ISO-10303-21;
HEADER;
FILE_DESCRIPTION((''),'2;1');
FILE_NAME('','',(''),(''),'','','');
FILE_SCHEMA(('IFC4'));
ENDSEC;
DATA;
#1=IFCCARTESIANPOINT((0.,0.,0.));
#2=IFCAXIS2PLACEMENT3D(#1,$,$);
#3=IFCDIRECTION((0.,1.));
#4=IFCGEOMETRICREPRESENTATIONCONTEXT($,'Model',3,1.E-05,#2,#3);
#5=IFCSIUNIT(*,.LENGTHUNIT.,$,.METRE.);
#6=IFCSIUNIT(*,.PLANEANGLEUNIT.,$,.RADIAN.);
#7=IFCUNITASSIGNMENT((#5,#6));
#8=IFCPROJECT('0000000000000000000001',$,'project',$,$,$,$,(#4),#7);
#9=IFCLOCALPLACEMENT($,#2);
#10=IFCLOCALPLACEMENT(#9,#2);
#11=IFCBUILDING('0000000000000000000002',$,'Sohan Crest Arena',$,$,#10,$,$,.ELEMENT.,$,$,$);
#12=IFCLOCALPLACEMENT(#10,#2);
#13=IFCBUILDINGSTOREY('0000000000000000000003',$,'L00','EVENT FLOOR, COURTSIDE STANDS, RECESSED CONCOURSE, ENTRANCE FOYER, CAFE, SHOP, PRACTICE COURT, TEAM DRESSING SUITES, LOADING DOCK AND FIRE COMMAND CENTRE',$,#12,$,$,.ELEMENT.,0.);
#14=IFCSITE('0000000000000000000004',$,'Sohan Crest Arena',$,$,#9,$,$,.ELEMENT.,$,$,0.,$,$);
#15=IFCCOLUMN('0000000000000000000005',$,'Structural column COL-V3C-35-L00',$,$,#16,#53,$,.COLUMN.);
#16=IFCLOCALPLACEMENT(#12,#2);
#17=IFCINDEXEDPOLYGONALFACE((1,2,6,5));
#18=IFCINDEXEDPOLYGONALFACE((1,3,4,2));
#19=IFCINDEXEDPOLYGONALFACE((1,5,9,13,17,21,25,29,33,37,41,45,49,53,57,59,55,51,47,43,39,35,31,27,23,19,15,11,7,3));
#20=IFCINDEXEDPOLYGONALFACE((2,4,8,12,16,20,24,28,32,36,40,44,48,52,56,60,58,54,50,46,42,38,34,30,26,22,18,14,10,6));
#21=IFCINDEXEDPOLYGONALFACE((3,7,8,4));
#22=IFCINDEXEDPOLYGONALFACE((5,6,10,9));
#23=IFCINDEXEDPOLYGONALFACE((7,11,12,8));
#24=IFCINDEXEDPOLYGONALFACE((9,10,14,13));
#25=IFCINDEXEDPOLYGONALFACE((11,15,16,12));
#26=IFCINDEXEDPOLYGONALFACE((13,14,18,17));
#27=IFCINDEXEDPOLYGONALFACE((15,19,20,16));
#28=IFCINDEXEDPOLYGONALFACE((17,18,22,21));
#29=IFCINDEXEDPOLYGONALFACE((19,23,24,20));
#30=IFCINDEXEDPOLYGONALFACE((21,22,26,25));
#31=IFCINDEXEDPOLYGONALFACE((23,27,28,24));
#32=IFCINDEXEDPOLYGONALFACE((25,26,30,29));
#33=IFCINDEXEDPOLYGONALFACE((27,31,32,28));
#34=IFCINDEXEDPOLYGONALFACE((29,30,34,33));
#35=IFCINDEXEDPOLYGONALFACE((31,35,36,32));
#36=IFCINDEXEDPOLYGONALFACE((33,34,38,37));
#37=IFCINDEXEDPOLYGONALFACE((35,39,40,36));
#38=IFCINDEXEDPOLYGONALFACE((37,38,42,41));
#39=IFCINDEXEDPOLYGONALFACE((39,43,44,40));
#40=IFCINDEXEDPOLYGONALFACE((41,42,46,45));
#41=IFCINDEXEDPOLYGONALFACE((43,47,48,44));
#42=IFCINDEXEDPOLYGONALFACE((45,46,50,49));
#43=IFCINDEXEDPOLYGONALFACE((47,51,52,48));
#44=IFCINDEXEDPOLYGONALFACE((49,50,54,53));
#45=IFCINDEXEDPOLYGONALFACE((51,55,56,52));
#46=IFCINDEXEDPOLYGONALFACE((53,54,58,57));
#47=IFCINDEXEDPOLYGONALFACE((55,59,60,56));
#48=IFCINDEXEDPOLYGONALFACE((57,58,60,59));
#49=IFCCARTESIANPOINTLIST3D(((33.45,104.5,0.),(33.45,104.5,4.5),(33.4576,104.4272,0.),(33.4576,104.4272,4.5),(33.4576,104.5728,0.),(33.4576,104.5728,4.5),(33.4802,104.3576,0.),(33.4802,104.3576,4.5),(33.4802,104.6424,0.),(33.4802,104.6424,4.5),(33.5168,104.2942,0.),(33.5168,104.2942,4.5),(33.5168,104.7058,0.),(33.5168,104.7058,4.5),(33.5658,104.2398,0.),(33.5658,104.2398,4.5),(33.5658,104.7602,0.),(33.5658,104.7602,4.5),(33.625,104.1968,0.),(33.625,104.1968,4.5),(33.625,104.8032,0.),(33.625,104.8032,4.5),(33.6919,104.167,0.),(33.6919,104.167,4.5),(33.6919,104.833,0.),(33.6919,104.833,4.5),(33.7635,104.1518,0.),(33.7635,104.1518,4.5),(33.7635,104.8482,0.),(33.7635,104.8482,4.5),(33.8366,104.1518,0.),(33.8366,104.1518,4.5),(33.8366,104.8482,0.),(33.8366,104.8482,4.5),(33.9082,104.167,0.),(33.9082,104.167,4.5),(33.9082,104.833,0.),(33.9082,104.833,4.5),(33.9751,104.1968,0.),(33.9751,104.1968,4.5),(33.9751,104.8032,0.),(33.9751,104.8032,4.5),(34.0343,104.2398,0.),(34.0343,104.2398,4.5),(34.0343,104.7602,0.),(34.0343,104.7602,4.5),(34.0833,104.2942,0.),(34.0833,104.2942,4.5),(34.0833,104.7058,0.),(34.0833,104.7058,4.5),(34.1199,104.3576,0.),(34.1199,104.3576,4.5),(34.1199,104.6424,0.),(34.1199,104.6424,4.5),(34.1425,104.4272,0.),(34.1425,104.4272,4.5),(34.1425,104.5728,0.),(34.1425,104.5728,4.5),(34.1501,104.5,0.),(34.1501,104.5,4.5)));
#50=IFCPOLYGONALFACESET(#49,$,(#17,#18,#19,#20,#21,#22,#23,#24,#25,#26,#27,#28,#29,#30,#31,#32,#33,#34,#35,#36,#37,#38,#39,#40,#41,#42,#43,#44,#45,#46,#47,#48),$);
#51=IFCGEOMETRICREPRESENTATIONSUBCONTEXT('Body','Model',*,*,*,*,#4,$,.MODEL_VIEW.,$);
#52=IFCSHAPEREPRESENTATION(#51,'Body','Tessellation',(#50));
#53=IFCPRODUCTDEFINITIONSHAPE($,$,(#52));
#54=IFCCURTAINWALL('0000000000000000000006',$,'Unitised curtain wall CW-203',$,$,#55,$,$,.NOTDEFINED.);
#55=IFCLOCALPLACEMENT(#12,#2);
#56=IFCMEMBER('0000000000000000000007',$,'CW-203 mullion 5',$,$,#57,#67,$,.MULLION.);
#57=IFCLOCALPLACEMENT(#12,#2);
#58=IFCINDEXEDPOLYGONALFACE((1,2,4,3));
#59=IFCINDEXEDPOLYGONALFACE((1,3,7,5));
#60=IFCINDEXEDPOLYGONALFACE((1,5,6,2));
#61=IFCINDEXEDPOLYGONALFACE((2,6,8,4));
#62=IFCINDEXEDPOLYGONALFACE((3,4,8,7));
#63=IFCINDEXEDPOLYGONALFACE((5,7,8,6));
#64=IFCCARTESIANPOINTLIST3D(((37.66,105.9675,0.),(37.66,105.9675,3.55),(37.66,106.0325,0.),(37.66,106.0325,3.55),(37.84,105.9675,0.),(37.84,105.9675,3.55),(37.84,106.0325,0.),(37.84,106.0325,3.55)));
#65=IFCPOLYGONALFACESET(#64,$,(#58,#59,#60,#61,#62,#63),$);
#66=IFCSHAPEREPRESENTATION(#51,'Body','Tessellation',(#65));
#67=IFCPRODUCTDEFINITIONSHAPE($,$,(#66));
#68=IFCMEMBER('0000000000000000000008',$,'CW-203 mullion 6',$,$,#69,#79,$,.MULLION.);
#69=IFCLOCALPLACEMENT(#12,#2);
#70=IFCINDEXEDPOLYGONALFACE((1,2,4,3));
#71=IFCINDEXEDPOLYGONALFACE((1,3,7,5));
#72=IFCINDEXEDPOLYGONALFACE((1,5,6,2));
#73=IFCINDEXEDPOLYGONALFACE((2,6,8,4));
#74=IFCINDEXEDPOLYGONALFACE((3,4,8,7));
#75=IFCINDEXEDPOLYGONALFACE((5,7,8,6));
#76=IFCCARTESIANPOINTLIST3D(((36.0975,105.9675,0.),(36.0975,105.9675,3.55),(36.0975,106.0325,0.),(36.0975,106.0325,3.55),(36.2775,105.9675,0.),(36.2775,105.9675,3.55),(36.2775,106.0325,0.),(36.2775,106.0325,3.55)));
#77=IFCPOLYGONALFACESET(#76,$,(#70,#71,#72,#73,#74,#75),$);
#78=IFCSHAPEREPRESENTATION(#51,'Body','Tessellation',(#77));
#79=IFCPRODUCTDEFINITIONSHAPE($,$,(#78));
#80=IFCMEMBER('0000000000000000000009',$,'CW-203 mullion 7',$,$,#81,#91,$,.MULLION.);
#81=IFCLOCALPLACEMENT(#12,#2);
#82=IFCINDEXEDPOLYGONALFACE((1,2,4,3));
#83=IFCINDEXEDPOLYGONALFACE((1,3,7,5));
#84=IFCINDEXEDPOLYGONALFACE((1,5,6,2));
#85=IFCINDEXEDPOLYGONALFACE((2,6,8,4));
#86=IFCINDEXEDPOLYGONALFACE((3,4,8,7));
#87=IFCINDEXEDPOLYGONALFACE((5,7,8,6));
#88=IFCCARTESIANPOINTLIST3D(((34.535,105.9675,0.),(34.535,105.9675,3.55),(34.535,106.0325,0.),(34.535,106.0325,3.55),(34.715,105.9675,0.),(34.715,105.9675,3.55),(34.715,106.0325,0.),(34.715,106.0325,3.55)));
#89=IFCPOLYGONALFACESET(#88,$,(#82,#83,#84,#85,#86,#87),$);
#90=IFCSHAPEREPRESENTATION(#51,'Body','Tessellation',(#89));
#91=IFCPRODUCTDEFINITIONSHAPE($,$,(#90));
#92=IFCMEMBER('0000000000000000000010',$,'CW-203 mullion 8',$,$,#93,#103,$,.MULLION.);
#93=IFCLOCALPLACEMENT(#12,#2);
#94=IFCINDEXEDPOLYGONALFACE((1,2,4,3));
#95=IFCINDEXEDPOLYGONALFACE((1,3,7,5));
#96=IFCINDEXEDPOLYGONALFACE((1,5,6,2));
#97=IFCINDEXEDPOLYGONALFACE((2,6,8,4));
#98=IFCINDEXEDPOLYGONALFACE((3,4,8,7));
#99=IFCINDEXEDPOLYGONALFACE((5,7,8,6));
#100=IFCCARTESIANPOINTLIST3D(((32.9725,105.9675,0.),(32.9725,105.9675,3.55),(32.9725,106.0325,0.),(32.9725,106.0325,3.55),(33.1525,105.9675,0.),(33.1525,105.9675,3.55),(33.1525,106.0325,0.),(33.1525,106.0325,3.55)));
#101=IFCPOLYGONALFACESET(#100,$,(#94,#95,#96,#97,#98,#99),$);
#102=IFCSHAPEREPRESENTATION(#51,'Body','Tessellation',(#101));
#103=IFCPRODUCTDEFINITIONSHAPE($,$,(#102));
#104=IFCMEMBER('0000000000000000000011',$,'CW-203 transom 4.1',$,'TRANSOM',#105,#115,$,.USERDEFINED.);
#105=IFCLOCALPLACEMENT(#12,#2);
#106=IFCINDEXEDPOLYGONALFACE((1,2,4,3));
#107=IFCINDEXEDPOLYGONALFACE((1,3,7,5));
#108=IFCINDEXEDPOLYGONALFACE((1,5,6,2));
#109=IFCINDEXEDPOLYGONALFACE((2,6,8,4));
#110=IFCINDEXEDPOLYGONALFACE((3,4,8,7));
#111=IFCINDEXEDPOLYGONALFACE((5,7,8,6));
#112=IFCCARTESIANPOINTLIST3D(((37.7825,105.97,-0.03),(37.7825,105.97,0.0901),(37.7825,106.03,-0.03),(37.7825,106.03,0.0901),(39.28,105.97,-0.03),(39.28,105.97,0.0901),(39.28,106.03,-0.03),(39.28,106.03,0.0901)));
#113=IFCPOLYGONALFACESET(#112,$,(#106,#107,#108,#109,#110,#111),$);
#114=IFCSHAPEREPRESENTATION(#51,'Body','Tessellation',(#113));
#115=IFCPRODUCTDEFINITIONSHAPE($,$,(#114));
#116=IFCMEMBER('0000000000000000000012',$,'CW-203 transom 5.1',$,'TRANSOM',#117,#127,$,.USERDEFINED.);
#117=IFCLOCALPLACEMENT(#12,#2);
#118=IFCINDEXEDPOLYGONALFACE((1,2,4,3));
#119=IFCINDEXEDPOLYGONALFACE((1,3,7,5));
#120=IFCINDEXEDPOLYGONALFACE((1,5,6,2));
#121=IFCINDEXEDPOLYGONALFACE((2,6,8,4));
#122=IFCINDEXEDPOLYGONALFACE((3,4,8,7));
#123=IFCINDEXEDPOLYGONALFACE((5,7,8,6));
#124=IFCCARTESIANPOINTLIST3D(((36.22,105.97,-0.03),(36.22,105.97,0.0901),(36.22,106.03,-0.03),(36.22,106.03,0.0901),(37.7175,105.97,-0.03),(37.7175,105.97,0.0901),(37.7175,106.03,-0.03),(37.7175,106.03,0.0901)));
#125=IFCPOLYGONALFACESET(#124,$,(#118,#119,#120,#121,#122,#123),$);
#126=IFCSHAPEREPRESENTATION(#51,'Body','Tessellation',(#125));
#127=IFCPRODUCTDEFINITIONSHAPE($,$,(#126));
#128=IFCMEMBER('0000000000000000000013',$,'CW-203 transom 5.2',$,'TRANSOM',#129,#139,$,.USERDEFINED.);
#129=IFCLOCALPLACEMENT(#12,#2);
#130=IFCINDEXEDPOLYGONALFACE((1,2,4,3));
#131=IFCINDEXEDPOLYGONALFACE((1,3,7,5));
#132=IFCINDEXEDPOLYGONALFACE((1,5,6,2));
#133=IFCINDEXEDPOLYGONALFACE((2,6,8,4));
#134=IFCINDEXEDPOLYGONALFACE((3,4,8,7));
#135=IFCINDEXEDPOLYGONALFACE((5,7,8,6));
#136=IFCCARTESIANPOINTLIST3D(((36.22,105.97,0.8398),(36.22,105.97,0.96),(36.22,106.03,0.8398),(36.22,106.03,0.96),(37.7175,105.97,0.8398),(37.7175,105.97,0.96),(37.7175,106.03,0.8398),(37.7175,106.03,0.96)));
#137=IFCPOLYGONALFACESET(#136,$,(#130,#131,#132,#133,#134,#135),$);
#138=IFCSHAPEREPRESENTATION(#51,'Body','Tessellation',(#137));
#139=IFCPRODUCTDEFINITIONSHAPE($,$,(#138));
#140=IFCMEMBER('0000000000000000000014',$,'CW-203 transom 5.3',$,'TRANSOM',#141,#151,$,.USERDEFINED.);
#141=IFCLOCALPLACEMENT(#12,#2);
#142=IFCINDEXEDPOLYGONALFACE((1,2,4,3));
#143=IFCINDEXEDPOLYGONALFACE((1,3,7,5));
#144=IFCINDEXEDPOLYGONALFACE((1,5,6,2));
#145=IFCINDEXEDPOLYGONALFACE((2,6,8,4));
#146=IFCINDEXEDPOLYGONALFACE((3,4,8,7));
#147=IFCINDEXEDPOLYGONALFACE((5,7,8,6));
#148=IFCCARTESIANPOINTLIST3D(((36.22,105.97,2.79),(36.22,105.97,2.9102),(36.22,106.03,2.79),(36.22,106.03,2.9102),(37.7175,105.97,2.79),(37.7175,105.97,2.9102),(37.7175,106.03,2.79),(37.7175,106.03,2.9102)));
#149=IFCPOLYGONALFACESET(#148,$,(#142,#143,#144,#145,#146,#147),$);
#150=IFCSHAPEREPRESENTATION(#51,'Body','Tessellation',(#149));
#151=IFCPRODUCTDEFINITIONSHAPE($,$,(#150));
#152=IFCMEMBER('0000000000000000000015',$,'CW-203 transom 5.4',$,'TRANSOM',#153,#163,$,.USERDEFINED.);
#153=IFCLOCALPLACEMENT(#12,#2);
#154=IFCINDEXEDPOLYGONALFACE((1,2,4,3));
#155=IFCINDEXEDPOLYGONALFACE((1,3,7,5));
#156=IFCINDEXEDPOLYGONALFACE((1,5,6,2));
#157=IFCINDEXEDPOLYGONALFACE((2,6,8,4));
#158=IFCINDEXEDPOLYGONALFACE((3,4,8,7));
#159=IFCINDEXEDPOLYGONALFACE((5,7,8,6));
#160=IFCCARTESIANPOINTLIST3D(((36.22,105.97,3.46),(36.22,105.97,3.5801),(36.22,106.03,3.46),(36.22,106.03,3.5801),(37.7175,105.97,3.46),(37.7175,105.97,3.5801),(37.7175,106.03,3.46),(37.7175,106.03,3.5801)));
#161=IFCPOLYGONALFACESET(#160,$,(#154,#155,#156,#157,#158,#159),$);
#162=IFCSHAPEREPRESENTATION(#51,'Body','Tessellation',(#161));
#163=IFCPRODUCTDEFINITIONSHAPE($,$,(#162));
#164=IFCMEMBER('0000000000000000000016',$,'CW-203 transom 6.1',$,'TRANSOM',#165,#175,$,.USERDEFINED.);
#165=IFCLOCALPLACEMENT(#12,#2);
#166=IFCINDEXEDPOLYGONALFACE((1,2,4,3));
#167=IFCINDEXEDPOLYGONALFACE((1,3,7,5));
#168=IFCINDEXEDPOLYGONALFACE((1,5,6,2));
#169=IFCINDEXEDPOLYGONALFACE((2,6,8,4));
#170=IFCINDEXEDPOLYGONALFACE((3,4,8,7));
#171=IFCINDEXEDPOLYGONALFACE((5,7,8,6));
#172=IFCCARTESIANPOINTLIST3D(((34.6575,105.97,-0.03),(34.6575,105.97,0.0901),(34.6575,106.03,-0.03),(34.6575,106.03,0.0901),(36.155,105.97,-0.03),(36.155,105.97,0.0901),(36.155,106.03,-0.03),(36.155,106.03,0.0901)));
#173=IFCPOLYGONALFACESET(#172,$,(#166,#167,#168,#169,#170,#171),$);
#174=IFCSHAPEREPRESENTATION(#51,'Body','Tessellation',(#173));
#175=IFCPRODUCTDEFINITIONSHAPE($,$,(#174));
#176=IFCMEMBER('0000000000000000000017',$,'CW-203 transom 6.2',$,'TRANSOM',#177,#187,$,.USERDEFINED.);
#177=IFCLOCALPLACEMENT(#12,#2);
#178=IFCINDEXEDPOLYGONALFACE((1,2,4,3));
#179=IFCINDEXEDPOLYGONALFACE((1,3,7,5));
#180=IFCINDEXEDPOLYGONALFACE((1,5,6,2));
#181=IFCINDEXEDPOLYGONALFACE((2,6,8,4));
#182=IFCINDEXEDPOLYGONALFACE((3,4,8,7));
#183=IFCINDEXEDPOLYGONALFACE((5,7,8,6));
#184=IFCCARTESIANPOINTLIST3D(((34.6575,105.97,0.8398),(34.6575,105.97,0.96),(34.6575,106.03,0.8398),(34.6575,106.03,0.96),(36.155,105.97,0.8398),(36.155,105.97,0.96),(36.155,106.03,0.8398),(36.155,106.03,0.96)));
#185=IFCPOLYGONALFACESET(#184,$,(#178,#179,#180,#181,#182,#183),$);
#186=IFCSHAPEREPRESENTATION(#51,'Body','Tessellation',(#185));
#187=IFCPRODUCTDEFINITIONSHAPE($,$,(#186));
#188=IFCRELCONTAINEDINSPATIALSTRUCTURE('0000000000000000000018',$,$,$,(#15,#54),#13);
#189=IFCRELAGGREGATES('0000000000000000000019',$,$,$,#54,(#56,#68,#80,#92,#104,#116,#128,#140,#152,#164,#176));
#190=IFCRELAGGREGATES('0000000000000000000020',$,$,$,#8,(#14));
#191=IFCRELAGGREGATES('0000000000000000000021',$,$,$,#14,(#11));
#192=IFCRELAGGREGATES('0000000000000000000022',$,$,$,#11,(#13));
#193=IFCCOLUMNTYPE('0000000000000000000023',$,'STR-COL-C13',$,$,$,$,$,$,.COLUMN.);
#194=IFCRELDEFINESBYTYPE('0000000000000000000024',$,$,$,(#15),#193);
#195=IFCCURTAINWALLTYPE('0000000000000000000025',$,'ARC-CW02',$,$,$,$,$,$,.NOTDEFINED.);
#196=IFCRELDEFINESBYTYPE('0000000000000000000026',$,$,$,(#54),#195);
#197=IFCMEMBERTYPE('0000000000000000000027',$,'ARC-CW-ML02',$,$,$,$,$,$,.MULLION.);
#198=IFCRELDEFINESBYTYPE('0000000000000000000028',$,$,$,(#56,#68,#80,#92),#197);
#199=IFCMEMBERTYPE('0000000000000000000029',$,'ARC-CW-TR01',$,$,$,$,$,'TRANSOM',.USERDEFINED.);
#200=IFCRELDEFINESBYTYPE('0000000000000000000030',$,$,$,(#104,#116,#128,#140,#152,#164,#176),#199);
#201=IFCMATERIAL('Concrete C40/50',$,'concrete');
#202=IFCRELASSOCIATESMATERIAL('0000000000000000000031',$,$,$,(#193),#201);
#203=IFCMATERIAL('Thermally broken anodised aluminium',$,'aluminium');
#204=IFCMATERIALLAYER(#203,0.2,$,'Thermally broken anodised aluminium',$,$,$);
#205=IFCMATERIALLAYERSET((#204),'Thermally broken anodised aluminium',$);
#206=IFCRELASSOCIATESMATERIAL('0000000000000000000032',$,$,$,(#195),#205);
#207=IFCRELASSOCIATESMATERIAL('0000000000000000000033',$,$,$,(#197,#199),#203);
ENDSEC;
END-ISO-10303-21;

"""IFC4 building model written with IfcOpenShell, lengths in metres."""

from ifc_helpers import new_model, si_unit, direction, frame, origin, origin_2d, place, context, subcontext, project, spatial, rectangle, circle, extrude, material, layer, layer_set, material_profile, profile_set, type_object, element, aggregate, save


model = new_model("IFC4")

# Units and contexts
model_context = context("Model", 3, precision=1e-05, world=origin(), true_north=direction((0.0, 1.0)))
body_context = subcontext(model_context, "Body", "Model", "MODEL_VIEW")
ifc_project = project(units=[si_unit("LENGTHUNIT", "METRE"), si_unit("PLANEANGLEUNIT", "RADIAN")], contexts=[model_context])

# Site, building, storey
site_placement = place(None, origin())
site = spatial("IfcSite", under=ifc_project, at=site_placement, Name="Sohan Crest Arena", CompositionType="ELEMENT", RefElevation=0.0)
building_placement = place(site_placement, origin())
building = spatial("IfcBuilding", under=site, at=building_placement, Name="Sohan Crest Arena", CompositionType="ELEMENT")
storey_placement = place(building_placement, origin())
storey = spatial("IfcBuildingStorey", under=building, at=storey_placement, Name="L00", Description="EVENT FLOOR, COURTSIDE STANDS, RECESSED CONCOURSE, ENTRANCE FOYER, CAFE, SHOP, PRACTICE COURT, TEAM DRESSING SUITES, LOADING DOCK AND FIRE COMMAND CENTRE", CompositionType="ELEMENT", Elevation=0.0)

# Column
ifc_material_1 = material(Name="Concrete C40/50", Category="concrete")
ifc_material_profile_1 = material_profile(ifc_material_1, circle(Radius=0.3501, at=origin_2d()), Name="RC D700")
ifc_profile_set_1 = profile_set([ifc_material_profile_1], Name="Concrete C40/50")
column_type = type_object("IfcColumnType", Name="STR-COL-C13", PredefinedType="COLUMN", material=ifc_profile_set_1)
column_placement = place(storey_placement, frame((33.8, 104.5, 0.0), z_axis=(0.0, 0.0, 1.0), x_axis=(1.0, 0.0, 0.0)))
element("IfcColumn", 1, at=column_placement, inside=storey, type_object=column_type, Name="Structural column COL-V3C-35-L00", PredefinedType="COLUMN", context=body_context, shape_type="SweptSolid", body=[
    extrude(circle(Radius=0.3501, at=origin_2d()), origin(), (0.0, 0.0, 1.0), 4.5),
])

# Curtain wall, members
ifc_material_2 = material(Name="Thermally broken anodised aluminium", Category="aluminium")
ifc_layer_1 = layer(ifc_material_2, 0.2, Name="Thermally broken anodised aluminium")
ifc_layer_set_1 = layer_set([ifc_layer_1], Name="Thermally broken anodised aluminium")
curtain_wall_type = type_object("IfcCurtainWallType", Name="ARC-CW02", PredefinedType="NOTDEFINED", material=ifc_layer_set_1)
curtain_wall_placement = place(storey_placement, origin())
curtain_wall = element("IfcCurtainWall", 2, at=curtain_wall_placement, inside=storey, type_object=curtain_wall_type, Name="Unitised curtain wall CW-203", PredefinedType="NOTDEFINED")
ifc_material_profile_2 = material_profile(ifc_material_2, rectangle(XDim=0.0649, YDim=0.1799, at=origin_2d()), Name="ALU-MULL 65x180")
ifc_profile_set_2 = profile_set([ifc_material_profile_2], Name="Thermally broken anodised aluminium")
member_type_1 = type_object("IfcMemberType", Name="ARC-CW-ML02", PredefinedType="MULLION", material=ifc_profile_set_2)
member_1_placement = place(storey_placement, frame((37.75, 106.0, 0.0), z_axis=(0.0, 0.0, 1.0), x_axis=(0.0, -1.0, 0.0)))
member_1 = element("IfcMember", 3, at=member_1_placement, type_object=member_type_1, Name="CW-203 mullion 5", PredefinedType="MULLION", context=body_context, shape_type="SweptSolid", body=[
    extrude(rectangle(XDim=0.0649, YDim=0.1799, at=origin_2d()), origin(), (0.0, 0.0, 1.0), 3.55),
])
member_2_placement = place(storey_placement, frame((36.1875, 106.0, 0.0), z_axis=(0.0, 0.0, 1.0), x_axis=(0.0, -1.0, 0.0)))
member_2 = element("IfcMember", 4, at=member_2_placement, type_object=member_type_1, Name="CW-203 mullion 6", PredefinedType="MULLION", context=body_context, shape_type="SweptSolid", body=[
    extrude(rectangle(XDim=0.0649, YDim=0.1799, at=origin_2d()), origin(), (0.0, 0.0, 1.0), 3.55),
])
member_3_placement = place(storey_placement, frame((34.625, 106.0, 0.0), z_axis=(0.0, 0.0, 1.0), x_axis=(0.0, -1.0, 0.0)))
member_3 = element("IfcMember", 5, at=member_3_placement, type_object=member_type_1, Name="CW-203 mullion 7", PredefinedType="MULLION", context=body_context, shape_type="SweptSolid", body=[
    extrude(rectangle(XDim=0.0649, YDim=0.1799, at=origin_2d()), origin(), (0.0, 0.0, 1.0), 3.55),
])
member_4_placement = place(storey_placement, frame((33.0625, 106.0, 0.0), z_axis=(0.0, 0.0, 1.0), x_axis=(0.0, -1.0, 0.0)))
member_4 = element("IfcMember", 6, at=member_4_placement, type_object=member_type_1, Name="CW-203 mullion 8", PredefinedType="MULLION", context=body_context, shape_type="SweptSolid", body=[
    extrude(rectangle(XDim=0.0649, YDim=0.1799, at=origin_2d()), origin(), (0.0, 0.0, 1.0), 3.55),
])
ifc_material_profile_3 = material_profile(ifc_material_2, rectangle(XDim=0.0601, YDim=0.1201, at=origin_2d()), Name="ALU-TRAN 60x120")
ifc_profile_set_3 = profile_set([ifc_material_profile_3], Name="Thermally broken anodised aluminium")
member_type_2 = type_object("IfcMemberType", Name="ARC-CW-TR01", ElementType="TRANSOM", PredefinedType="USERDEFINED", material=ifc_profile_set_3)
member_5_placement = place(storey_placement, frame((39.28, 106.0, 0.03), z_axis=(-1.0, 0.0, 0.0), x_axis=(0.0, -1.0, 0.0)))
member_5 = element("IfcMember", 7, at=member_5_placement, type_object=member_type_2, Name="CW-203 transom 4.1", ObjectType="TRANSOM", PredefinedType="USERDEFINED", context=body_context, shape_type="SweptSolid", body=[
    extrude(rectangle(XDim=0.0601, YDim=0.1201, at=origin_2d()), origin(), (0.0, 0.0, 1.0), 1.4976),
])
member_6_placement = place(storey_placement, frame((37.7175, 106.0, 0.03), z_axis=(-1.0, 0.0, 0.0), x_axis=(0.0, -1.0, 0.0)))
member_6 = element("IfcMember", 8, at=member_6_placement, type_object=member_type_2, Name="CW-203 transom 5.1", ObjectType="TRANSOM", PredefinedType="USERDEFINED", context=body_context, shape_type="SweptSolid", body=[
    extrude(rectangle(XDim=0.0601, YDim=0.1201, at=origin_2d()), origin(), (0.0, 0.0, 1.0), 1.4976),
])
member_7_placement = place(storey_placement, frame((37.7175, 106.0, 0.8999), z_axis=(-1.0, 0.0, 0.0), x_axis=(0.0, -1.0, 0.0)))
member_7 = element("IfcMember", 9, at=member_7_placement, type_object=member_type_2, Name="CW-203 transom 5.2", ObjectType="TRANSOM", PredefinedType="USERDEFINED", context=body_context, shape_type="SweptSolid", body=[
    extrude(rectangle(XDim=0.0601, YDim=0.1201, at=origin_2d()), origin(), (0.0, 0.0, 1.0), 1.4976),
])
member_8_placement = place(storey_placement, frame((37.7175, 106.0, 2.8501), z_axis=(-1.0, 0.0, 0.0), x_axis=(0.0, -1.0, 0.0)))
member_8 = element("IfcMember", 10, at=member_8_placement, type_object=member_type_2, Name="CW-203 transom 5.3", ObjectType="TRANSOM", PredefinedType="USERDEFINED", context=body_context, shape_type="SweptSolid", body=[
    extrude(rectangle(XDim=0.0601, YDim=0.1201, at=origin_2d()), origin(), (0.0, 0.0, 1.0), 1.4976),
])
member_9_placement = place(storey_placement, frame((37.7175, 106.0, 3.52), z_axis=(-1.0, 0.0, 0.0), x_axis=(0.0, -1.0, 0.0)))
member_9 = element("IfcMember", 11, at=member_9_placement, type_object=member_type_2, Name="CW-203 transom 5.4", ObjectType="TRANSOM", PredefinedType="USERDEFINED", context=body_context, shape_type="SweptSolid", body=[
    extrude(rectangle(XDim=0.0601, YDim=0.1201, at=origin_2d()), origin(), (0.0, 0.0, 1.0), 1.4976),
])
member_10_placement = place(storey_placement, frame((36.155, 106.0, 0.03), z_axis=(-1.0, 0.0, 0.0), x_axis=(0.0, -1.0, 0.0)))
member_10 = element("IfcMember", 12, at=member_10_placement, type_object=member_type_2, Name="CW-203 transom 6.1", ObjectType="TRANSOM", PredefinedType="USERDEFINED", context=body_context, shape_type="SweptSolid", body=[
    extrude(rectangle(XDim=0.0601, YDim=0.1201, at=origin_2d()), origin(), (0.0, 0.0, 1.0), 1.4976),
])
member_11_placement = place(storey_placement, frame((36.155, 106.0, 0.8999), z_axis=(-1.0, 0.0, 0.0), x_axis=(0.0, -1.0, 0.0)))
member_11 = element("IfcMember", 13, at=member_11_placement, type_object=member_type_2, Name="CW-203 transom 6.2", ObjectType="TRANSOM", PredefinedType="USERDEFINED", context=body_context, shape_type="SweptSolid", body=[
    extrude(rectangle(XDim=0.0601, YDim=0.1201, at=origin_2d()), origin(), (0.0, 0.0, 1.0), 1.4976),
])

aggregate(curtain_wall, [member_1, member_2, member_3, member_4, member_5, member_6, member_7, member_8, member_9, member_10, member_11])

save(model, "model.ifc")
